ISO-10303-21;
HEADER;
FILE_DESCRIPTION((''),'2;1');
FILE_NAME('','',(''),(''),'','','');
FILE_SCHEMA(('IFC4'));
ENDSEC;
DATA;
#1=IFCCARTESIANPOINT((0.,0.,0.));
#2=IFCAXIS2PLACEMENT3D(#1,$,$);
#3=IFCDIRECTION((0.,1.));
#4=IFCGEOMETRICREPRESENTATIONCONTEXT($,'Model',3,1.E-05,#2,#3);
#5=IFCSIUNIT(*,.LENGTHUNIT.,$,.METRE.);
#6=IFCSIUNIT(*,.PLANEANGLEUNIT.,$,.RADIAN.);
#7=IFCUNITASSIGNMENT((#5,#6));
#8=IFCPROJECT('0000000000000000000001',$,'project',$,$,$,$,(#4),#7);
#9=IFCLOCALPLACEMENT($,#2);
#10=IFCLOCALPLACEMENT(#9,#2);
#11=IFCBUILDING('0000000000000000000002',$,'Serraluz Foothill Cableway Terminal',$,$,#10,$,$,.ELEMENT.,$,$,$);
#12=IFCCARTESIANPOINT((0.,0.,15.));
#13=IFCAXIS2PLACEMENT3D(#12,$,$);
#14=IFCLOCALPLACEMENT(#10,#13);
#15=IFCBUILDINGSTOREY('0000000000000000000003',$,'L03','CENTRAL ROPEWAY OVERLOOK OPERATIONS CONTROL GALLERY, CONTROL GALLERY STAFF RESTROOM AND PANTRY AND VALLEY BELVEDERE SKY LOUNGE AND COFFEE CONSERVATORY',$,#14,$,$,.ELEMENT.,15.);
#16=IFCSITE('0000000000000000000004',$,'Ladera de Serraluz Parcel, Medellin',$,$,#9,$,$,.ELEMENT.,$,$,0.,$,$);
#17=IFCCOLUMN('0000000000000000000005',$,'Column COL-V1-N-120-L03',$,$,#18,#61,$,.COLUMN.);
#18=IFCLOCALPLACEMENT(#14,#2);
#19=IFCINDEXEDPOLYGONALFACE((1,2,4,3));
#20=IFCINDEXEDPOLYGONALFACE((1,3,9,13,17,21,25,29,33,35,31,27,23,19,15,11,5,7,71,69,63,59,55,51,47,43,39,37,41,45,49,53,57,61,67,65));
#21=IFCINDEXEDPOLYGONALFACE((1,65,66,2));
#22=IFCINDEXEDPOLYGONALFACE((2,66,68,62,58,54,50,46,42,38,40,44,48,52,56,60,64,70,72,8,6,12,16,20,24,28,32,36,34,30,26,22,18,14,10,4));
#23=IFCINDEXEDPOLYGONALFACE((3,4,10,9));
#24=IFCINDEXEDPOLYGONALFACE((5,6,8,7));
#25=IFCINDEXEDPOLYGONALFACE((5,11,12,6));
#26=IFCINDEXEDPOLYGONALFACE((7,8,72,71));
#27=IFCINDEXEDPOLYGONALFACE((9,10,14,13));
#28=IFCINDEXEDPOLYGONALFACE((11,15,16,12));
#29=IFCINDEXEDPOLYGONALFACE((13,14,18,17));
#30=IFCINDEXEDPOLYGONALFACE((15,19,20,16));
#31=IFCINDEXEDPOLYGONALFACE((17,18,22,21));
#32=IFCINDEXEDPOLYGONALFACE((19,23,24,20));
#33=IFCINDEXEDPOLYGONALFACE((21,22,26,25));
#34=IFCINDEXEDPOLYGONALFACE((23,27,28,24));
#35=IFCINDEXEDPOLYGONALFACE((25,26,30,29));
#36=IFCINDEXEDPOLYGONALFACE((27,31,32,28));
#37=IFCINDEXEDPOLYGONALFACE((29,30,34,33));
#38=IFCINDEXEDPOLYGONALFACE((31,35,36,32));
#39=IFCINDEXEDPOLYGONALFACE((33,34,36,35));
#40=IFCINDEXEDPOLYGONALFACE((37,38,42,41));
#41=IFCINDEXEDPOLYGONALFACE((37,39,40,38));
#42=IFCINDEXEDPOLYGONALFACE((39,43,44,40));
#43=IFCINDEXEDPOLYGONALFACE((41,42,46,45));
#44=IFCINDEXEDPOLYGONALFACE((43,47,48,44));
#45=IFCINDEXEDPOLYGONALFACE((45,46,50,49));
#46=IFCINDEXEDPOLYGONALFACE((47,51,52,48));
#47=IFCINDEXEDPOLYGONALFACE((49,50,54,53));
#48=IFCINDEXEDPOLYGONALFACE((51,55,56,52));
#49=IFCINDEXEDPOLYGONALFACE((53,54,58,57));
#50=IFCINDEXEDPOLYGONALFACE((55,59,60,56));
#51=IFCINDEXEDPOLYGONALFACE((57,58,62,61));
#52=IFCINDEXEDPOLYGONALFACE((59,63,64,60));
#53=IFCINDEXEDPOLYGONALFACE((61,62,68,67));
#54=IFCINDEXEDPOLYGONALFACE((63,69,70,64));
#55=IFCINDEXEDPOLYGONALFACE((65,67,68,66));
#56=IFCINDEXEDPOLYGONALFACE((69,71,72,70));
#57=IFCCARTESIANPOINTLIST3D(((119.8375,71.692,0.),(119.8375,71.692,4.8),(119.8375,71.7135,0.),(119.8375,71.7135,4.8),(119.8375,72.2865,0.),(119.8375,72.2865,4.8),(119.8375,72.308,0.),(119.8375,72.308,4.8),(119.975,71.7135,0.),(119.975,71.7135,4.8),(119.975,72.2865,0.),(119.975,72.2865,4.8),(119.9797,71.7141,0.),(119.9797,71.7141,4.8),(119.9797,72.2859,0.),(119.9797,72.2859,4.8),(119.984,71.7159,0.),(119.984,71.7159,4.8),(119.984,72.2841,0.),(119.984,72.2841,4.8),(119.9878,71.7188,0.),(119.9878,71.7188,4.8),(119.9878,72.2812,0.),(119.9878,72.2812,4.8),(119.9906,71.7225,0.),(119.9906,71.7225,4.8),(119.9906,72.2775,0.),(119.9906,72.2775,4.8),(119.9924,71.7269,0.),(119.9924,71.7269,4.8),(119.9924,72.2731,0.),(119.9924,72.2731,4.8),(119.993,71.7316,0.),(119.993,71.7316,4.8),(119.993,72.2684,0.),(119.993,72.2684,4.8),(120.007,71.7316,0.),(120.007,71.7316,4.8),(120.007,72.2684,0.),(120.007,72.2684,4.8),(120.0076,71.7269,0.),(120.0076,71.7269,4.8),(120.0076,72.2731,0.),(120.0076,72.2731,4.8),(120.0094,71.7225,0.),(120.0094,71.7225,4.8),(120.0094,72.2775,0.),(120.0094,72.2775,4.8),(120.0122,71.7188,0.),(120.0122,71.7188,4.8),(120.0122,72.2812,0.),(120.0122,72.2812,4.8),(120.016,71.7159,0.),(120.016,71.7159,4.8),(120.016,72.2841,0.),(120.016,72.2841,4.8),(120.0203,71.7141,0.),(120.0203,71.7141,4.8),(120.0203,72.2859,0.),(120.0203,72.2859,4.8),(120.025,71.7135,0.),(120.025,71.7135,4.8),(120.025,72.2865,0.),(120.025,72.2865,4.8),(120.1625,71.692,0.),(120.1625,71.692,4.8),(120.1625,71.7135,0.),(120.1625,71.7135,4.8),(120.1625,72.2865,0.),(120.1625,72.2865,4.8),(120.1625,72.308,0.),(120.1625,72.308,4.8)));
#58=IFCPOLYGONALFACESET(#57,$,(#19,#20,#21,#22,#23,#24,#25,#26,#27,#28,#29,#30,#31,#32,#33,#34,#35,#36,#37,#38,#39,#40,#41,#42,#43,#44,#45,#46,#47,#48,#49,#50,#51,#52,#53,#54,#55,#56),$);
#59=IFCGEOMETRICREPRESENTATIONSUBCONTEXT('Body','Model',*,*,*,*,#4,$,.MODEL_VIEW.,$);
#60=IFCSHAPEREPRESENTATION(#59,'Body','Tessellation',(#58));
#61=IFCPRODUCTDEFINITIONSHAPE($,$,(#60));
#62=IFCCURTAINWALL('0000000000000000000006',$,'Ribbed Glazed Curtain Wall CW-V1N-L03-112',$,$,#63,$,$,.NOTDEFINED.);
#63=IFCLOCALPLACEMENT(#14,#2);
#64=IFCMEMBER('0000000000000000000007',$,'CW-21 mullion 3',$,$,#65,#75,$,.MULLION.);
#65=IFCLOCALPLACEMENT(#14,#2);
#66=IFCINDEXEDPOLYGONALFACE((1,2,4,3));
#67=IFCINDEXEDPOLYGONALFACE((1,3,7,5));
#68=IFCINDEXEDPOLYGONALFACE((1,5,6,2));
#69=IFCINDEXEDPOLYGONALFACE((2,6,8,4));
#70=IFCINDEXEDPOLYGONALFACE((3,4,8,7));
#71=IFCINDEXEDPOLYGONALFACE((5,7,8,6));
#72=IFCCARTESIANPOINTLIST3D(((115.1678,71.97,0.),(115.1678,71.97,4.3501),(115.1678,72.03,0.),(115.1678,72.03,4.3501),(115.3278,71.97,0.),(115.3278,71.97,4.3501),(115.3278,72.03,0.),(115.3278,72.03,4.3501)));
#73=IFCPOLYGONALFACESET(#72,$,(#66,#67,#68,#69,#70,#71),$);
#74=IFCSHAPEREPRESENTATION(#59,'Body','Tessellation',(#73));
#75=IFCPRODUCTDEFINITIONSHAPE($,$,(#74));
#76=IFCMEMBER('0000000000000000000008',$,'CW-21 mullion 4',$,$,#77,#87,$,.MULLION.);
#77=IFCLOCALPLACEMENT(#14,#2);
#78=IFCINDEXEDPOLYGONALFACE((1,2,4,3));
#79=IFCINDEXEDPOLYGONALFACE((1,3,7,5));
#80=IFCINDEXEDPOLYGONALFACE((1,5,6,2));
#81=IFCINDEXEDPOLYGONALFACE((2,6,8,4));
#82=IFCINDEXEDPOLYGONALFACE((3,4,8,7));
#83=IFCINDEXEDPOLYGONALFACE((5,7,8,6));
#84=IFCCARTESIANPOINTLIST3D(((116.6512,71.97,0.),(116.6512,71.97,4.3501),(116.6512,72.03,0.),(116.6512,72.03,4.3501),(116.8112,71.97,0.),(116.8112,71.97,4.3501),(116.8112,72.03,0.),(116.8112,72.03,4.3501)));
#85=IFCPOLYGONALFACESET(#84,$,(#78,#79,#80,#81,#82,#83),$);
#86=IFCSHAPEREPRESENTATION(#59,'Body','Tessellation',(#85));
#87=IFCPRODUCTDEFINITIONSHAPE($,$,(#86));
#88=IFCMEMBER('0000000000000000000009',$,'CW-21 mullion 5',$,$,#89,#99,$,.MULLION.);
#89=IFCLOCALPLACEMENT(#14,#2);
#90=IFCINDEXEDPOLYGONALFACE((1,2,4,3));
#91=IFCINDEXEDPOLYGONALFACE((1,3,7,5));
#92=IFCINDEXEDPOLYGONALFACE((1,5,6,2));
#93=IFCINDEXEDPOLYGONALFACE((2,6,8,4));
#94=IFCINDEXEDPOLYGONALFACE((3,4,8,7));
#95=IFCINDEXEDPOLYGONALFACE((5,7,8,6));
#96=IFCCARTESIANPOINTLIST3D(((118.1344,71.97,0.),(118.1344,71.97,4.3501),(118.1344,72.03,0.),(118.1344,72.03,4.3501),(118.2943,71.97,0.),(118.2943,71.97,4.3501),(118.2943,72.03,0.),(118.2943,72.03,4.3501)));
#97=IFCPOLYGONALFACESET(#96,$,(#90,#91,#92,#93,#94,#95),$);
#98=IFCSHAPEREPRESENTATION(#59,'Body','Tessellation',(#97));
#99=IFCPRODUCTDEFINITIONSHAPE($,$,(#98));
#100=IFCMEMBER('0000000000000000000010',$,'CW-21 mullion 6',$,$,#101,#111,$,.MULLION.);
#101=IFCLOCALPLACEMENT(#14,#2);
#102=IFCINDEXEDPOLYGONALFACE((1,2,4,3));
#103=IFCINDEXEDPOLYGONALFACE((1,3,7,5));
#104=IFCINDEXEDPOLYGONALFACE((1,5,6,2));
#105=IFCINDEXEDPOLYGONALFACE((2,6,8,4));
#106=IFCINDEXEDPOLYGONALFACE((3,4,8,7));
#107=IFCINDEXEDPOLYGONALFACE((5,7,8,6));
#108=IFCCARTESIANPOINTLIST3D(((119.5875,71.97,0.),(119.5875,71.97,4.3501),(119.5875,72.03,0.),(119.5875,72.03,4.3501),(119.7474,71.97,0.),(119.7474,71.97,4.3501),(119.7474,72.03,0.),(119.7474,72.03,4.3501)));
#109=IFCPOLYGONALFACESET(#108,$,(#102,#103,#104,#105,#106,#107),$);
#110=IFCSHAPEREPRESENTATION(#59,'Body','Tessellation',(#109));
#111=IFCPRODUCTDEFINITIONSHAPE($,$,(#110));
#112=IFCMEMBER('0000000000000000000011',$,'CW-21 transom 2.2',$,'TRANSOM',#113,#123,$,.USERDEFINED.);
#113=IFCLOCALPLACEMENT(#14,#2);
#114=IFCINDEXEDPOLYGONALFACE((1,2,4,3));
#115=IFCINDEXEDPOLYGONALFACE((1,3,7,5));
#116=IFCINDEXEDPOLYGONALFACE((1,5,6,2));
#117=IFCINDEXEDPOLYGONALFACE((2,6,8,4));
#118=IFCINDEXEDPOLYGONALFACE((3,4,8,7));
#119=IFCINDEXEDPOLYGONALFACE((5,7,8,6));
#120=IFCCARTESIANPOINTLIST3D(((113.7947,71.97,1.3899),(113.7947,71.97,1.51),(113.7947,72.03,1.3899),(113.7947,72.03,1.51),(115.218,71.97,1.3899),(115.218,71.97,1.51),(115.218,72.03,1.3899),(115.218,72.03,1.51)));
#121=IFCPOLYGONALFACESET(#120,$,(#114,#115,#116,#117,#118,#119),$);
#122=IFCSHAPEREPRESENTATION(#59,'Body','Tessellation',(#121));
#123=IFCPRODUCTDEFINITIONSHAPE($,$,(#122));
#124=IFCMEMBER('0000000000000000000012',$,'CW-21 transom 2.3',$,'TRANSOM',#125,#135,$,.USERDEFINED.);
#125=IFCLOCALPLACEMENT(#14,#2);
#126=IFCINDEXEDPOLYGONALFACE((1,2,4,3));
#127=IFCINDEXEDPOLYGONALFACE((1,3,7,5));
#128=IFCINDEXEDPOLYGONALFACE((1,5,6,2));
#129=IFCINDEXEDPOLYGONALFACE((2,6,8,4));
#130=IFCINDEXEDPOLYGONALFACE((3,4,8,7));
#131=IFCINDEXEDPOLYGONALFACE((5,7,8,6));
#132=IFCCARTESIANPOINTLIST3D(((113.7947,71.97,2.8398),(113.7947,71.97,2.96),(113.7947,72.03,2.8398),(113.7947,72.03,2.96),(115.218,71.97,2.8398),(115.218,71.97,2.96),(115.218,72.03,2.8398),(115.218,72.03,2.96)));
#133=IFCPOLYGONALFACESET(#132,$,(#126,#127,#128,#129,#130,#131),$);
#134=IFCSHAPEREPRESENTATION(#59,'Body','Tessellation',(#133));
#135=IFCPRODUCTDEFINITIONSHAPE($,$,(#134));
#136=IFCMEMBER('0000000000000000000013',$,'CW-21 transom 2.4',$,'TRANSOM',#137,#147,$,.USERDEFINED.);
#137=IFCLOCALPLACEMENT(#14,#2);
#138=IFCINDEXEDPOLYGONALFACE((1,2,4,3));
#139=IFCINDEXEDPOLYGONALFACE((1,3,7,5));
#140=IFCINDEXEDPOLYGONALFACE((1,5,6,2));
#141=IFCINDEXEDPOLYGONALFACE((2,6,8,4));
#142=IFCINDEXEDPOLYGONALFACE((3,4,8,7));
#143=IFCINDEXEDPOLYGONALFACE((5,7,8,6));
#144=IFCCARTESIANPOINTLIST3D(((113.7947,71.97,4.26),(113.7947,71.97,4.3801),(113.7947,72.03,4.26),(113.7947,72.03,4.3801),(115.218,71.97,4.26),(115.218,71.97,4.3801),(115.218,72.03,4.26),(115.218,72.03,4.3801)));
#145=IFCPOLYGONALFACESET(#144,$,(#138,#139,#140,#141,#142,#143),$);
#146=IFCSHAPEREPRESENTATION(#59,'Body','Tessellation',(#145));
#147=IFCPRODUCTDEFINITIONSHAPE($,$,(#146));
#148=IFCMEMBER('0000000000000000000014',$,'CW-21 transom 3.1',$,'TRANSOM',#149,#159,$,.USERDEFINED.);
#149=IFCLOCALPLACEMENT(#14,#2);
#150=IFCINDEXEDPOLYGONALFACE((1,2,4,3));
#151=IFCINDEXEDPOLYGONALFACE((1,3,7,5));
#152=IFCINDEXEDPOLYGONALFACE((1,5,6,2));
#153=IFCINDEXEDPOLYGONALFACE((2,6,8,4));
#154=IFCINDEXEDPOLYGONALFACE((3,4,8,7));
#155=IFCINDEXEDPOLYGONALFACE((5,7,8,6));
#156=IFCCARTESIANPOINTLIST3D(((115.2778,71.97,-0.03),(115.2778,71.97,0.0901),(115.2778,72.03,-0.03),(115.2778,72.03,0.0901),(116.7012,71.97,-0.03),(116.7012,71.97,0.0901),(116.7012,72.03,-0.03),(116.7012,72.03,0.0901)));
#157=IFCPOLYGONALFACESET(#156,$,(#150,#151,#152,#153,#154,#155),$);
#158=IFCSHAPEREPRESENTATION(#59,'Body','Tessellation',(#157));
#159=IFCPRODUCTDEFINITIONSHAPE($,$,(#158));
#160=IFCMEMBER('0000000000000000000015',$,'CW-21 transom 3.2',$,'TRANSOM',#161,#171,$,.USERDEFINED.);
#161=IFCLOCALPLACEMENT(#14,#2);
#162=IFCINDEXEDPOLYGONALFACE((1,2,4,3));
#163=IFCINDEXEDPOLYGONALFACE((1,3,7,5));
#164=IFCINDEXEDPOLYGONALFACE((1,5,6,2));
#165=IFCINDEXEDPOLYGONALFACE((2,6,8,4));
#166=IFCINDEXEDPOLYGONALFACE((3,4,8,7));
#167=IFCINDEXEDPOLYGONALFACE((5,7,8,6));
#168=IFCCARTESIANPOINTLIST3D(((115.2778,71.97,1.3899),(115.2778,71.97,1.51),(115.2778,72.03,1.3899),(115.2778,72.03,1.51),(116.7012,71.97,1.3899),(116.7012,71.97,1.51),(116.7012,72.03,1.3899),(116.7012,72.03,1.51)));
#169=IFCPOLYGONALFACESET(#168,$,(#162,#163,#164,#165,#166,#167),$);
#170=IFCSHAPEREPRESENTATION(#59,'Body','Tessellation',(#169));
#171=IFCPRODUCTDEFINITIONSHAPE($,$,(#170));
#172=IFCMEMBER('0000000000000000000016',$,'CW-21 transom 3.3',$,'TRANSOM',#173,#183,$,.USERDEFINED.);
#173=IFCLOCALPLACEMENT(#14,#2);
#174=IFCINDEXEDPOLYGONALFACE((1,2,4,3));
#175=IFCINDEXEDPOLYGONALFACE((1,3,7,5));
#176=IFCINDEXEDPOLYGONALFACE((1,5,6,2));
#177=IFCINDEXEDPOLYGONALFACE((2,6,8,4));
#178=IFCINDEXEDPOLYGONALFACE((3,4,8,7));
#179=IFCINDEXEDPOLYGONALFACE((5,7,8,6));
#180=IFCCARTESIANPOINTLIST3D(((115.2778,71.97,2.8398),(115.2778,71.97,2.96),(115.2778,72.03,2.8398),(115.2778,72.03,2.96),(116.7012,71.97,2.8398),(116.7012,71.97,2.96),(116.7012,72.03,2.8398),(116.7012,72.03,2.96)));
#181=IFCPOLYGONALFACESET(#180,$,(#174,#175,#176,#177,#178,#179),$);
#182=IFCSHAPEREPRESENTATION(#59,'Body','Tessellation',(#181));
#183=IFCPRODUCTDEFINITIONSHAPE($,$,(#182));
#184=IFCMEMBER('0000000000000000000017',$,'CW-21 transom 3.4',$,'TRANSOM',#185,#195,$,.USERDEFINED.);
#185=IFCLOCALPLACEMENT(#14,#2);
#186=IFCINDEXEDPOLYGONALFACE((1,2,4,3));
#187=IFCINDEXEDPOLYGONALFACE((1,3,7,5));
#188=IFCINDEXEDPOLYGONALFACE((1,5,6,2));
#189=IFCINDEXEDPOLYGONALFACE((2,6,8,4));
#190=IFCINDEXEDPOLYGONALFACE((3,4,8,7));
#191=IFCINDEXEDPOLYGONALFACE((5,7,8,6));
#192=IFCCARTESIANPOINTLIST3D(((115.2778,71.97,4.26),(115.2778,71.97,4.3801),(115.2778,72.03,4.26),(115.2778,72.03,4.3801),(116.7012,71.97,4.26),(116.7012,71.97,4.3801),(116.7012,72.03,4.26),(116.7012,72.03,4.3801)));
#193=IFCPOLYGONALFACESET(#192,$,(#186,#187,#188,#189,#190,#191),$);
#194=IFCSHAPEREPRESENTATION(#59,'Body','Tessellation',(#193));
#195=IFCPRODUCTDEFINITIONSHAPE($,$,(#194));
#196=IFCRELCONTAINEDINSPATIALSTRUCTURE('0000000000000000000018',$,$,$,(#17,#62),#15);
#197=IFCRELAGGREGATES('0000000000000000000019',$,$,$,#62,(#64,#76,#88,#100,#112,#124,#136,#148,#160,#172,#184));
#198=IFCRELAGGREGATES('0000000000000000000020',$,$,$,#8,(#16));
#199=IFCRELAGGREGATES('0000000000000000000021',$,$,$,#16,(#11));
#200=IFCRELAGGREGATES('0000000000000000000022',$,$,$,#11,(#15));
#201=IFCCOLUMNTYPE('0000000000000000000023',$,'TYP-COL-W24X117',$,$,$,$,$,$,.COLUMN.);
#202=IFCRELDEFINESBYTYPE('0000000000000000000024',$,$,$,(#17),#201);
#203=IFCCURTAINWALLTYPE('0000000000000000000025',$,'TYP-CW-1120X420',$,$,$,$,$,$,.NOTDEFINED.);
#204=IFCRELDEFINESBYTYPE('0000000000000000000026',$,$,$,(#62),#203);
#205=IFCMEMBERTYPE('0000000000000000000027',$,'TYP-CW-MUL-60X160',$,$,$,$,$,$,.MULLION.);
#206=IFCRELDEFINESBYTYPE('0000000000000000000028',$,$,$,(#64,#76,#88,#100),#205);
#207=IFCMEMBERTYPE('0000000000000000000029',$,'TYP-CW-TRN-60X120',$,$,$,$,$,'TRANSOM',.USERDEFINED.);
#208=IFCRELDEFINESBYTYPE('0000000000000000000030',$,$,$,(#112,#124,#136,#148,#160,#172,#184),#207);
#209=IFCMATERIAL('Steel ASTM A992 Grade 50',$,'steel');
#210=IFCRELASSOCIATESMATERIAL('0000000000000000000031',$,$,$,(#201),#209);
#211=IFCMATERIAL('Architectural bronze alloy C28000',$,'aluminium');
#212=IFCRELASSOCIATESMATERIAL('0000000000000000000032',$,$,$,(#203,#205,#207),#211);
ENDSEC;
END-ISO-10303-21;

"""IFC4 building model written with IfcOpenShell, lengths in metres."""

from ifc_helpers import new_model, si_unit, direction, frame, origin, origin_2d, place, context, subcontext, project, spatial, rectangle, i_section, extrude, material, material_profile, profile_set, type_object, element, aggregate, save


model = new_model("IFC4")

# Units and contexts
model_context = context("Model", 3, precision=1e-05, world=origin(), true_north=direction((0.0, 1.0)))
body_context = subcontext(model_context, "Body", "Model", "MODEL_VIEW")
ifc_project = project(units=[si_unit("LENGTHUNIT", "METRE"), si_unit("PLANEANGLEUNIT", "RADIAN")], contexts=[model_context])

# Site, building, storey
site_placement = place(None, origin())
site = spatial("IfcSite", under=ifc_project, at=site_placement, Name="Ladera de Serraluz Parcel, Medellin", CompositionType="ELEMENT", RefElevation=0.0)
building_placement = place(site_placement, origin())
building = spatial("IfcBuilding", under=site, at=building_placement, Name="Serraluz Foothill Cableway Terminal", CompositionType="ELEMENT")
storey_placement = place(building_placement, frame((0.0, 0.0, 15.0)))
storey = spatial("IfcBuildingStorey", under=building, at=storey_placement, Name="L03", Description="CENTRAL ROPEWAY OVERLOOK OPERATIONS CONTROL GALLERY, CONTROL GALLERY STAFF RESTROOM AND PANTRY AND VALLEY BELVEDERE SKY LOUNGE AND COFFEE CONSERVATORY", CompositionType="ELEMENT", Elevation=15.0)

# Column
ifc_material_1 = material(Name="Steel ASTM A992 Grade 50", Category="steel")
ifc_material_profile_1 = material_profile(ifc_material_1, i_section(OverallWidth=0.325, OverallDepth=0.616, WebThickness=0.0139, FlangeThickness=0.0215, FilletRadius=0.0181, at=origin_2d()), Name="W24X117")
ifc_profile_set_1 = profile_set([ifc_material_profile_1], Name="Steel ASTM A992 Grade 50")
column_type = type_object("IfcColumnType", Name="TYP-COL-W24X117", PredefinedType="COLUMN", material=ifc_profile_set_1)
column_placement = place(storey_placement, frame((120.0, 72.0, 0.0), z_axis=(0.0, 0.0, 1.0), x_axis=(1.0, 0.0, 0.0)))
element("IfcColumn", 1, at=column_placement, inside=storey, type_object=column_type, Name="Column COL-V1-N-120-L03", PredefinedType="COLUMN", context=body_context, shape_type="SweptSolid", body=[
    extrude(i_section(OverallWidth=0.325, OverallDepth=0.616, WebThickness=0.0139, FlangeThickness=0.0215, FilletRadius=0.0181, at=origin_2d()), origin(), (0.0, 0.0, 1.0), 4.8),
])

# Curtain wall, members
ifc_material_2 = material(Name="Architectural bronze alloy C28000", Category="aluminium")
curtain_wall_type = type_object("IfcCurtainWallType", Name="TYP-CW-1120X420", PredefinedType="NOTDEFINED", material=ifc_material_2)
curtain_wall_placement = place(storey_placement, origin())
curtain_wall = element("IfcCurtainWall", 2, at=curtain_wall_placement, inside=storey, type_object=curtain_wall_type, Name="Ribbed Glazed Curtain Wall CW-V1N-L03-112", PredefinedType="NOTDEFINED")
ifc_material_profile_2 = material_profile(ifc_material_2, rectangle(XDim=0.0601, YDim=0.1599, at=origin_2d()), Name="ALU MULLION 60x160")
ifc_profile_set_2 = profile_set([ifc_material_profile_2], Name="Architectural bronze alloy C28000")
member_type_1 = type_object("IfcMemberType", Name="TYP-CW-MUL-60X160", PredefinedType="MULLION", material=ifc_profile_set_2)
member_1_placement = place(storey_placement, frame((115.2478, 72.0, 0.0), z_axis=(0.0, 0.0, 1.0), x_axis=(0.0, 1.0, 0.0)))
member_1 = element("IfcMember", 3, at=member_1_placement, type_object=member_type_1, Name="CW-21 mullion 3", PredefinedType="MULLION", context=body_context, shape_type="SweptSolid", body=[
    extrude(rectangle(XDim=0.0601, YDim=0.1599, at=origin_2d()), origin(), (0.0, 0.0, 1.0), 4.3501),
])
member_2_placement = place(storey_placement, frame((116.7312, 72.0, 0.0), z_axis=(0.0, 0.0, 1.0), x_axis=(0.0, 1.0, 0.0)))
member_2 = element("IfcMember", 4, at=member_2_placement, type_object=member_type_1, Name="CW-21 mullion 4", PredefinedType="MULLION", context=body_context, shape_type="SweptSolid", body=[
    extrude(rectangle(XDim=0.0601, YDim=0.1599, at=origin_2d()), origin(), (0.0, 0.0, 1.0), 4.3501),
])
member_3_placement = place(storey_placement, frame((118.2144, 72.0, 0.0), z_axis=(0.0, 0.0, 1.0), x_axis=(0.0, 1.0, 0.0)))
member_3 = element("IfcMember", 5, at=member_3_placement, type_object=member_type_1, Name="CW-21 mullion 5", PredefinedType="MULLION", context=body_context, shape_type="SweptSolid", body=[
    extrude(rectangle(XDim=0.0601, YDim=0.1599, at=origin_2d()), origin(), (0.0, 0.0, 1.0), 4.3501),
])
member_4_placement = place(storey_placement, frame((119.6675, 72.0, 0.0), z_axis=(0.0, 0.0, 1.0), x_axis=(0.0, 1.0, 0.0)))
member_4 = element("IfcMember", 6, at=member_4_placement, type_object=member_type_1, Name="CW-21 mullion 6", PredefinedType="MULLION", context=body_context, shape_type="SweptSolid", body=[
    extrude(rectangle(XDim=0.0601, YDim=0.1599, at=origin_2d()), origin(), (0.0, 0.0, 1.0), 4.3501),
])
ifc_material_profile_3 = material_profile(ifc_material_2, rectangle(XDim=0.0601, YDim=0.1201, at=origin_2d()), Name="ALU TRANSOM 60x120")
ifc_profile_set_3 = profile_set([ifc_material_profile_3], Name="Architectural bronze alloy C28000")
member_type_2 = type_object("IfcMemberType", Name="TYP-CW-TRN-60X120", ElementType="TRANSOM", PredefinedType="USERDEFINED", material=ifc_profile_set_3)
member_5_placement = place(storey_placement, frame((113.7947, 72.0, 1.45), z_axis=(1.0, 0.0, 0.0), x_axis=(0.0, 1.0, 0.0)))
member_5 = element("IfcMember", 7, at=member_5_placement, type_object=member_type_2, Name="CW-21 transom 2.2", ObjectType="TRANSOM", PredefinedType="USERDEFINED", context=body_context, shape_type="SweptSolid", body=[
    extrude(rectangle(XDim=0.0601, YDim=0.1201, at=origin_2d()), origin(), (0.0, 0.0, 1.0), 1.4233),
])
member_6_placement = place(storey_placement, frame((113.7947, 72.0, 2.8999), z_axis=(1.0, 0.0, 0.0), x_axis=(0.0, 1.0, 0.0)))
member_6 = element("IfcMember", 8, at=member_6_placement, type_object=member_type_2, Name="CW-21 transom 2.3", ObjectType="TRANSOM", PredefinedType="USERDEFINED", context=body_context, shape_type="SweptSolid", body=[
    extrude(rectangle(XDim=0.0601, YDim=0.1201, at=origin_2d()), origin(), (0.0, 0.0, 1.0), 1.4233),
])
member_7_placement = place(storey_placement, frame((113.7947, 72.0, 4.3201), z_axis=(1.0, 0.0, 0.0), x_axis=(0.0, 1.0, 0.0)))
member_7 = element("IfcMember", 9, at=member_7_placement, type_object=member_type_2, Name="CW-21 transom 2.4", ObjectType="TRANSOM", PredefinedType="USERDEFINED", context=body_context, shape_type="SweptSolid", body=[
    extrude(rectangle(XDim=0.0601, YDim=0.1201, at=origin_2d()), origin(), (0.0, 0.0, 1.0), 1.4233),
])
member_8_placement = place(storey_placement, frame((115.2778, 72.0, 0.03), z_axis=(1.0, 0.0, 0.0), x_axis=(0.0, 1.0, 0.0)))
member_8 = element("IfcMember", 10, at=member_8_placement, type_object=member_type_2, Name="CW-21 transom 3.1", ObjectType="TRANSOM", PredefinedType="USERDEFINED", context=body_context, shape_type="SweptSolid", body=[
    extrude(rectangle(XDim=0.0601, YDim=0.1201, at=origin_2d()), origin(), (0.0, 0.0, 1.0), 1.4233),
])
member_9_placement = place(storey_placement, frame((115.2778, 72.0, 1.45), z_axis=(1.0, 0.0, 0.0), x_axis=(0.0, 1.0, 0.0)))
member_9 = element("IfcMember", 11, at=member_9_placement, type_object=member_type_2, Name="CW-21 transom 3.2", ObjectType="TRANSOM", PredefinedType="USERDEFINED", context=body_context, shape_type="SweptSolid", body=[
    extrude(rectangle(XDim=0.0601, YDim=0.1201, at=origin_2d()), origin(), (0.0, 0.0, 1.0), 1.4233),
])
member_10_placement = place(storey_placement, frame((115.2778, 72.0, 2.8999), z_axis=(1.0, 0.0, 0.0), x_axis=(0.0, 1.0, 0.0)))
member_10 = element("IfcMember", 12, at=member_10_placement, type_object=member_type_2, Name="CW-21 transom 3.3", ObjectType="TRANSOM", PredefinedType="USERDEFINED", context=body_context, shape_type="SweptSolid", body=[
    extrude(rectangle(XDim=0.0601, YDim=0.1201, at=origin_2d()), origin(), (0.0, 0.0, 1.0), 1.4233),
])
member_11_placement = place(storey_placement, frame((115.2778, 72.0, 4.3201), z_axis=(1.0, 0.0, 0.0), x_axis=(0.0, 1.0, 0.0)))
member_11 = element("IfcMember", 13, at=member_11_placement, type_object=member_type_2, Name="CW-21 transom 3.4", ObjectType="TRANSOM", PredefinedType="USERDEFINED", context=body_context, shape_type="SweptSolid", body=[
    extrude(rectangle(XDim=0.0601, YDim=0.1201, at=origin_2d()), origin(), (0.0, 0.0, 1.0), 1.4233),
])

aggregate(curtain_wall, [member_1, member_2, member_3, member_4, member_5, member_6, member_7, member_8, member_9, member_10, member_11])

save(model, "model.ifc")
